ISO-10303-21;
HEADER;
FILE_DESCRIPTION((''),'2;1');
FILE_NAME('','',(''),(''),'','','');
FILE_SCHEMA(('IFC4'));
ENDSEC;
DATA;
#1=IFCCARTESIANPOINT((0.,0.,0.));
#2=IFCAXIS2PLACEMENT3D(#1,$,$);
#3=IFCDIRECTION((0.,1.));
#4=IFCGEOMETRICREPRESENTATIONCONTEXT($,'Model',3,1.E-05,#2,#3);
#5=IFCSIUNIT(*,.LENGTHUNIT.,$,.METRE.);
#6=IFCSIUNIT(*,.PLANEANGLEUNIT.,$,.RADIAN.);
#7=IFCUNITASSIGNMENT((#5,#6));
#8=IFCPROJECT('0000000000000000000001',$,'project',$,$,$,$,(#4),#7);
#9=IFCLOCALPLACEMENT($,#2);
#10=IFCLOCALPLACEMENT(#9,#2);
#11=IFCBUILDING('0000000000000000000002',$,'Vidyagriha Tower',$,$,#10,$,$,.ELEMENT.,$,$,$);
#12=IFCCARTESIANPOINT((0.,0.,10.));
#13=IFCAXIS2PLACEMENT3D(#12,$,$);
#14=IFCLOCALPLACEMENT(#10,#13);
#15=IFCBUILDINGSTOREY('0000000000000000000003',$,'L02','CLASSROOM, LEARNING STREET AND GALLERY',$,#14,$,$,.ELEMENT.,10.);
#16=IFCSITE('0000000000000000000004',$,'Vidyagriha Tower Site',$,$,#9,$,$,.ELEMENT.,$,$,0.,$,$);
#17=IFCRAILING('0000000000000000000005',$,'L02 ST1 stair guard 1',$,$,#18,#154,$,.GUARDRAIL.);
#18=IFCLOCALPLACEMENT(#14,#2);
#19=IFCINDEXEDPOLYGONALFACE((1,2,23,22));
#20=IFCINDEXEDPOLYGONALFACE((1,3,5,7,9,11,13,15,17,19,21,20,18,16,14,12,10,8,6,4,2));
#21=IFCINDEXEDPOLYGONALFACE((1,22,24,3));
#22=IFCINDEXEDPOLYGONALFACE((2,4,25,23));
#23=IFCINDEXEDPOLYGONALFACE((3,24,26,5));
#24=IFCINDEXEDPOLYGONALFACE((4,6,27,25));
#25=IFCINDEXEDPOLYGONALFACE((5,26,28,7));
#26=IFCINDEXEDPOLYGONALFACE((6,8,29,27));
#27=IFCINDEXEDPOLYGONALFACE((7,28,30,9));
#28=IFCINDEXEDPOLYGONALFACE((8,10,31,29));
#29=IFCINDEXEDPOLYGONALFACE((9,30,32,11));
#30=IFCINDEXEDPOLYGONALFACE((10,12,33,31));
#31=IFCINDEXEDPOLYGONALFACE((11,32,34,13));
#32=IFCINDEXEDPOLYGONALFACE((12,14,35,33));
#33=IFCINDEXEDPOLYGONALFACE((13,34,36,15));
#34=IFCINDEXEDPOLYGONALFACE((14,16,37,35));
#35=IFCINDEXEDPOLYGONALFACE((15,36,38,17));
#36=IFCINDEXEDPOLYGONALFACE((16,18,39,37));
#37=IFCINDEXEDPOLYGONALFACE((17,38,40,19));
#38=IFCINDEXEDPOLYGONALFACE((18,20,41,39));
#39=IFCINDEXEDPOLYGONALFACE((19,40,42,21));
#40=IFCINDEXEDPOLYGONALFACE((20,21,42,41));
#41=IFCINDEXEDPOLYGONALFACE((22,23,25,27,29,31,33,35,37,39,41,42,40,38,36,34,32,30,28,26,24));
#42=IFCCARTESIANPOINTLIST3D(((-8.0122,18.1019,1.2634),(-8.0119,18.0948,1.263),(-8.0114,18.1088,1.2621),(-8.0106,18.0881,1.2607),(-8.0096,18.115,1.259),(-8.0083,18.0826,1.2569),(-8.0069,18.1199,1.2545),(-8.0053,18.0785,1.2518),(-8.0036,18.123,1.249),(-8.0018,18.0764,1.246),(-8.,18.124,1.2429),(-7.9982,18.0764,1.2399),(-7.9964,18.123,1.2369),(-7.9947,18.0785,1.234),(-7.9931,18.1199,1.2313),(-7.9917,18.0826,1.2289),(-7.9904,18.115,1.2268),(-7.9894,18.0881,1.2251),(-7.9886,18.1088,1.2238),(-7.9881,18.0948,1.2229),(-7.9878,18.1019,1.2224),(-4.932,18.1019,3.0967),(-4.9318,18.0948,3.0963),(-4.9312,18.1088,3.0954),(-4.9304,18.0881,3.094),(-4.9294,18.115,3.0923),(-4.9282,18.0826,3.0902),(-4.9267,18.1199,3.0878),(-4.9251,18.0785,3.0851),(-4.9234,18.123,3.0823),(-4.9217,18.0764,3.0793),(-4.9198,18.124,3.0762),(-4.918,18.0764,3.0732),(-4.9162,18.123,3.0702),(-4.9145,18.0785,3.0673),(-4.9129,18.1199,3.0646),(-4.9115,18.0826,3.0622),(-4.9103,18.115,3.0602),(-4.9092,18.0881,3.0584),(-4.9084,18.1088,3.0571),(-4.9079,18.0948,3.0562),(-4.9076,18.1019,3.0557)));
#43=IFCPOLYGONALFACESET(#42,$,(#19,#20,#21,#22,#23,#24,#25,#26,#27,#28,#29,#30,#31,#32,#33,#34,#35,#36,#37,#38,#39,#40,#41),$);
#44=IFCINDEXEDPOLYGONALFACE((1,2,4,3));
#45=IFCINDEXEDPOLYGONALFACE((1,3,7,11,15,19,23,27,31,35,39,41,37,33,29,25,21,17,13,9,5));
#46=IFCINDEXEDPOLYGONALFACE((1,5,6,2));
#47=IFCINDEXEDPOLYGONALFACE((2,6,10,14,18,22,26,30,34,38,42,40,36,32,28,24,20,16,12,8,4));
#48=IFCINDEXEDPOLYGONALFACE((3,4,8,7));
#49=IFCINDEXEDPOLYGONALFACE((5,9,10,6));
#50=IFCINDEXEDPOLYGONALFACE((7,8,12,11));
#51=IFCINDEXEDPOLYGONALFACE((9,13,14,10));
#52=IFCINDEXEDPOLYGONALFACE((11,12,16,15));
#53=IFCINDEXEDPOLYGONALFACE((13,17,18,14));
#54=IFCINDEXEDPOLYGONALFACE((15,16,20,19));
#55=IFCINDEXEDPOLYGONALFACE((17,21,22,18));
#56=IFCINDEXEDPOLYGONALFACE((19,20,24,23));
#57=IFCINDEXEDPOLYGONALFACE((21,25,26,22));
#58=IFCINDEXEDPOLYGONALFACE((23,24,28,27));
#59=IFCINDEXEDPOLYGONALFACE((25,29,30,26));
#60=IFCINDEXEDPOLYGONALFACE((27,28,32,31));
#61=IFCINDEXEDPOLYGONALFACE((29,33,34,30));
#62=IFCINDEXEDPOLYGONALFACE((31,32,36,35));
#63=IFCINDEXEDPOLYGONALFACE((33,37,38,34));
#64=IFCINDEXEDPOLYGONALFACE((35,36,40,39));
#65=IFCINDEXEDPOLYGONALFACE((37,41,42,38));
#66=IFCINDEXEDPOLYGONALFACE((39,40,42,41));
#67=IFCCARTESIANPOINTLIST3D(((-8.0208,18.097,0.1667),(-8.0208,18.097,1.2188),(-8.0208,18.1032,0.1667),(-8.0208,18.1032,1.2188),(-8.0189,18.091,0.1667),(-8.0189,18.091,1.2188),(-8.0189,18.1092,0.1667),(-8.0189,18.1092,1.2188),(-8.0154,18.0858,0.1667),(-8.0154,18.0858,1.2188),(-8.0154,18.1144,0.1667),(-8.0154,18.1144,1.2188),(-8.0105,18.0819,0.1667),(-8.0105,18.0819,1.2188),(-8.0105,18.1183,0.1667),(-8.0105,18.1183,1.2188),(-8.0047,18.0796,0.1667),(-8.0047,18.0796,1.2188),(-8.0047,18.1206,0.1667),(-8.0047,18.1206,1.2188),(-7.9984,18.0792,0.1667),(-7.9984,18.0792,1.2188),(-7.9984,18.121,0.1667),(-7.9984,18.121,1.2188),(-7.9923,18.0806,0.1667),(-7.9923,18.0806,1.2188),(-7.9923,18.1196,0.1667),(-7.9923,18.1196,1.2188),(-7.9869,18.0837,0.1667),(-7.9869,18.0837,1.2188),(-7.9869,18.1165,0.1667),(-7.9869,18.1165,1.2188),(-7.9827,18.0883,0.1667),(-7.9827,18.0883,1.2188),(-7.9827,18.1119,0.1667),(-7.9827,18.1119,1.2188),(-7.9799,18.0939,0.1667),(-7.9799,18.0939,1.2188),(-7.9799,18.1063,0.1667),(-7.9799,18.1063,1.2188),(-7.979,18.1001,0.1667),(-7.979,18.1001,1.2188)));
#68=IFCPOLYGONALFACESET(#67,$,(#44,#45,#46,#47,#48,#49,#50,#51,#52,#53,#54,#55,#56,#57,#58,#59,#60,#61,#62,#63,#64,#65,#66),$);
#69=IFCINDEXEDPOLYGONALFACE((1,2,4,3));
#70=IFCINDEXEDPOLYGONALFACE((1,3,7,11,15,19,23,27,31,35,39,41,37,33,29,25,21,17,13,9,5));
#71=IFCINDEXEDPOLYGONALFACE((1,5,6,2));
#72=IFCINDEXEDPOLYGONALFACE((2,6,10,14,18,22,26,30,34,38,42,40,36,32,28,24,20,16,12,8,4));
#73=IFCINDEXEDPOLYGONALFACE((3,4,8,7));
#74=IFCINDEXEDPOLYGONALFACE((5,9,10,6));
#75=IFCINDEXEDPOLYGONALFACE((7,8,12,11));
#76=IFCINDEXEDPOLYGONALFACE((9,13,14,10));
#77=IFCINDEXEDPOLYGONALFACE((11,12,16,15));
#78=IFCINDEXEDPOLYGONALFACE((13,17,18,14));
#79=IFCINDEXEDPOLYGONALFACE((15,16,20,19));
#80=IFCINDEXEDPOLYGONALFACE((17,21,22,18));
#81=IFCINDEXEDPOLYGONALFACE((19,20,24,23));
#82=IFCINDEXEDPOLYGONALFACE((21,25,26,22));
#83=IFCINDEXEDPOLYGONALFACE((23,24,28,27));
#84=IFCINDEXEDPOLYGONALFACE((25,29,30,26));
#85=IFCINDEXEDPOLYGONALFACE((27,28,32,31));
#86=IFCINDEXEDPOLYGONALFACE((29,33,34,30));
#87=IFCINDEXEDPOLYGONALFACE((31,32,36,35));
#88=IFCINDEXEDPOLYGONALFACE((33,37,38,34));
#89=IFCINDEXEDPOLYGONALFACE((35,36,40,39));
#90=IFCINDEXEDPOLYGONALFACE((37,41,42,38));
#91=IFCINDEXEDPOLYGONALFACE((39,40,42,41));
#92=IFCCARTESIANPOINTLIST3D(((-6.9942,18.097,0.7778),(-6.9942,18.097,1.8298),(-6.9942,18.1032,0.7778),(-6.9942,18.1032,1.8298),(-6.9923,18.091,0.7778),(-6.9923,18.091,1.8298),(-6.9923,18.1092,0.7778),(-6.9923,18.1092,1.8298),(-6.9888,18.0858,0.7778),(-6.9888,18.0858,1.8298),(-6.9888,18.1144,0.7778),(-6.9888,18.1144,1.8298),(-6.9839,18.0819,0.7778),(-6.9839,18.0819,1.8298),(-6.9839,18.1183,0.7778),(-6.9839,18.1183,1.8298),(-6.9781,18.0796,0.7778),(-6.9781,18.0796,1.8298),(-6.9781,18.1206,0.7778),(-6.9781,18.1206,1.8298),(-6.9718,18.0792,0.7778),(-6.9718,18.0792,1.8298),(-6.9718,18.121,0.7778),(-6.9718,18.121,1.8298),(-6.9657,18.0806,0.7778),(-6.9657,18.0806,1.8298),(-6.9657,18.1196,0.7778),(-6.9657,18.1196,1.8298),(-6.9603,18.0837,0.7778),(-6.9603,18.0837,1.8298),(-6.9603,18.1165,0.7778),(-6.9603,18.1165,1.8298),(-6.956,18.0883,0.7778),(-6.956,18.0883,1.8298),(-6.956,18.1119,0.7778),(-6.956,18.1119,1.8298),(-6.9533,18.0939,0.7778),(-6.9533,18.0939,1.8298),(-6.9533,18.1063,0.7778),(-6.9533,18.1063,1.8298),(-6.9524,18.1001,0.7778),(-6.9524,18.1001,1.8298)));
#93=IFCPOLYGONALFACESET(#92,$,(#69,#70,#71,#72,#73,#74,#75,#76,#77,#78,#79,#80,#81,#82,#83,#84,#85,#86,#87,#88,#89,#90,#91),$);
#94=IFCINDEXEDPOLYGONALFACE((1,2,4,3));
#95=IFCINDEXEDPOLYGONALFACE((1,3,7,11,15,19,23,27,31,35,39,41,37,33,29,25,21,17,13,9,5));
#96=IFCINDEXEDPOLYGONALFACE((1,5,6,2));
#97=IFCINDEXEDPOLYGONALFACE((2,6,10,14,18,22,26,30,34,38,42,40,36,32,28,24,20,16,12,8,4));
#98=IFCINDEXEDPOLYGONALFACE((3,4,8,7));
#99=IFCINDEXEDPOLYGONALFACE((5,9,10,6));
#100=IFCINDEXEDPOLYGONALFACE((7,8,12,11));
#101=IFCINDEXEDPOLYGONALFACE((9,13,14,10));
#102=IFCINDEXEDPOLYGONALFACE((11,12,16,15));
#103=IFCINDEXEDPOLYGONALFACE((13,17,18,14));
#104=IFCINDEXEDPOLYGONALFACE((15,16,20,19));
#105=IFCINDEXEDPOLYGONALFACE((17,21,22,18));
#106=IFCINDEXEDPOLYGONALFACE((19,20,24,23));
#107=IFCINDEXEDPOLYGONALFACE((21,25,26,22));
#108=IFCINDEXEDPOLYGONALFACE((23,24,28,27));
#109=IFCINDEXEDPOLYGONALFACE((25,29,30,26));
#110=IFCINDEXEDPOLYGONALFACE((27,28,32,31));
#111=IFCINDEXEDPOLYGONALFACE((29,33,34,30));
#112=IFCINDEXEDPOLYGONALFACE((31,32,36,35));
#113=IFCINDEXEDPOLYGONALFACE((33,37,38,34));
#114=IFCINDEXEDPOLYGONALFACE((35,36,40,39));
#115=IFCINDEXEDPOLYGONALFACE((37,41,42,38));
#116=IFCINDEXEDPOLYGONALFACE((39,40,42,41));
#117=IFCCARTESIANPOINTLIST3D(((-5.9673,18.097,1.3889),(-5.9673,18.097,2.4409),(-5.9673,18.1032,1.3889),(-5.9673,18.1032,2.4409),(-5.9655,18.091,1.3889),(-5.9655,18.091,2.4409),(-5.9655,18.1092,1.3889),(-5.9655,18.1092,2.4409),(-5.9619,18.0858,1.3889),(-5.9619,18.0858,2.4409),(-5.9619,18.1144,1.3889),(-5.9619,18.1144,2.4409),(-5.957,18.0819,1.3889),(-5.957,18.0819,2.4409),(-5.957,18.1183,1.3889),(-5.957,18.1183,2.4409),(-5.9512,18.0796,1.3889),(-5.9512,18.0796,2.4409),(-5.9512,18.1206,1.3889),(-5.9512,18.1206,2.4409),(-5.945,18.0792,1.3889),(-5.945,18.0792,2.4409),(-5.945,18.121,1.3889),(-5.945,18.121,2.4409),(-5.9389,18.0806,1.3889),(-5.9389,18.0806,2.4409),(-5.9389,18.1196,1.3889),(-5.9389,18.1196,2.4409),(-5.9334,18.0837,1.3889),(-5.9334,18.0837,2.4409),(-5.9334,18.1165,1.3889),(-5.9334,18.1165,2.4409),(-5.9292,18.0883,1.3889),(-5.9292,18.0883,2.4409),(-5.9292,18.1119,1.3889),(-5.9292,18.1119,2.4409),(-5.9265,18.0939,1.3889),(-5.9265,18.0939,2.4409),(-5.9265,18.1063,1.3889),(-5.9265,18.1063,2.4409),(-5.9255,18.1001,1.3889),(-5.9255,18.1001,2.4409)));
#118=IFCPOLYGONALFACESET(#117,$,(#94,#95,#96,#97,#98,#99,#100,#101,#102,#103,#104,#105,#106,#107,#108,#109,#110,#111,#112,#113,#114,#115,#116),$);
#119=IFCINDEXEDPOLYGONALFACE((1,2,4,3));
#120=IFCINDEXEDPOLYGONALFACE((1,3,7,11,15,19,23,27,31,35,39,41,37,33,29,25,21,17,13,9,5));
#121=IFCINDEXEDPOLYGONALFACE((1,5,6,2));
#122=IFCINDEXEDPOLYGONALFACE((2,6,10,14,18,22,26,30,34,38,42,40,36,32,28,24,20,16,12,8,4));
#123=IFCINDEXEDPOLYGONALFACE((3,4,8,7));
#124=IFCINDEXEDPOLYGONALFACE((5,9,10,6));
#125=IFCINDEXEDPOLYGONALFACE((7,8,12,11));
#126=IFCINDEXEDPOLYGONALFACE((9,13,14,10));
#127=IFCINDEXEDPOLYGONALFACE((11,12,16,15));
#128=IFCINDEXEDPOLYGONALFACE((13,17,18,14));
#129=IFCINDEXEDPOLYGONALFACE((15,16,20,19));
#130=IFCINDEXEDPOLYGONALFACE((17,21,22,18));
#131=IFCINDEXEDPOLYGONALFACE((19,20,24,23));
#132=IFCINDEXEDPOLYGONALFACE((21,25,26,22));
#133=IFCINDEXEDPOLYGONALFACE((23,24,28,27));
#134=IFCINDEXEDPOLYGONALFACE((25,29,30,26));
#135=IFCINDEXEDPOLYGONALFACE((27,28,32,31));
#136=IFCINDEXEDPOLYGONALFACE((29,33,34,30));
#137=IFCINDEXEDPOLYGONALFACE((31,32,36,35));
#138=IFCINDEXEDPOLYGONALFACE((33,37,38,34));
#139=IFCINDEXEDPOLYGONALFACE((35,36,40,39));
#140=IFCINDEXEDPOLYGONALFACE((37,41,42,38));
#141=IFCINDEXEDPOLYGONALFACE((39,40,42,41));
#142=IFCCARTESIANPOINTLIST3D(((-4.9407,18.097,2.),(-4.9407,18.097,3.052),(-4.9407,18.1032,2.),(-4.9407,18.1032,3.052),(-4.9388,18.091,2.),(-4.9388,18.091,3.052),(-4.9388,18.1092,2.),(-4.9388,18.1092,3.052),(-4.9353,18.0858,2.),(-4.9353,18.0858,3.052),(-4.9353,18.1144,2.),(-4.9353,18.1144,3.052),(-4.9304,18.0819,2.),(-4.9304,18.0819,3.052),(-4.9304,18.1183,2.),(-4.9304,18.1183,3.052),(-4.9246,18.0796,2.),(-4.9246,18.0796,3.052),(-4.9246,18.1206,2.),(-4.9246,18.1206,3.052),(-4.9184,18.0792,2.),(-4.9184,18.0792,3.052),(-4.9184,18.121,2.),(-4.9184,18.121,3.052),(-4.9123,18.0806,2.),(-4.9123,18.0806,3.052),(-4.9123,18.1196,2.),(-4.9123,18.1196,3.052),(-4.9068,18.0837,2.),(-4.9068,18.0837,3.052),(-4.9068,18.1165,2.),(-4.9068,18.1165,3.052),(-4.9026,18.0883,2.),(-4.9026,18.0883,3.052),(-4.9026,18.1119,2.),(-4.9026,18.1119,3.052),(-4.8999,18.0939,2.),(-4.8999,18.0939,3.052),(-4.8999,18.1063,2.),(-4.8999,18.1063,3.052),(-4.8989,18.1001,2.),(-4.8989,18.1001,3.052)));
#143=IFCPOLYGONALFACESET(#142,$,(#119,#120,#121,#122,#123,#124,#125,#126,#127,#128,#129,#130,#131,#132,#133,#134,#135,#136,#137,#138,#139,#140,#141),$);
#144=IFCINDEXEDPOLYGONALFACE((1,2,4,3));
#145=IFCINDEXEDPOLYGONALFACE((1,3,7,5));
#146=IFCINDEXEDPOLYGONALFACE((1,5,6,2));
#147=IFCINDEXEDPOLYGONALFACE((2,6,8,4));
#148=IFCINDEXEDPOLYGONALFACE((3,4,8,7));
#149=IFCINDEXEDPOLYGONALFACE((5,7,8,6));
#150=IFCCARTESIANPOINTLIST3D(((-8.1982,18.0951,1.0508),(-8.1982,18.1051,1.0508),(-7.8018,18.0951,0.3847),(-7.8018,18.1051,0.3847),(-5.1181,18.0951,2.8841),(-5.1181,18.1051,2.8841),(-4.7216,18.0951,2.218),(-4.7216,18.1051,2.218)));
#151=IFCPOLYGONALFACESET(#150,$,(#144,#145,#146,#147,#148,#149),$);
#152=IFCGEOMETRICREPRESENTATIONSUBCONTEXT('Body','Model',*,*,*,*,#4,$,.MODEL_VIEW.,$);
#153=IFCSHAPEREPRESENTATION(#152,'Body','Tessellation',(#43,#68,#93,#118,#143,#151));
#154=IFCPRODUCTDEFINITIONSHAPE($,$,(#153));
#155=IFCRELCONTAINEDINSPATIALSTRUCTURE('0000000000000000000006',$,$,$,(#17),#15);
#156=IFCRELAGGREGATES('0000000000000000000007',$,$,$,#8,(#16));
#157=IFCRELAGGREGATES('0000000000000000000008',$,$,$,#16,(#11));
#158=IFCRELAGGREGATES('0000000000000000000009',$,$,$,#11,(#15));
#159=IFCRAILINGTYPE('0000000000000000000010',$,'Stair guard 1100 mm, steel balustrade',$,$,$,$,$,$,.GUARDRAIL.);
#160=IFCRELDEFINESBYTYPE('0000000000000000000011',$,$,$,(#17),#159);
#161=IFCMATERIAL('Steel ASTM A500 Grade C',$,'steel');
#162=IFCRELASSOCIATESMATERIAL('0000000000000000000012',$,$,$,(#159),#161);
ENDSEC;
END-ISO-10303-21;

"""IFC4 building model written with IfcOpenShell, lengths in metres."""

from ifc_helpers import new_model, si_unit, direction, frame, origin, origin_2d, place, context, subcontext, project, spatial, rectangle, circle, extrude, material, type_object, element, save


model = new_model("IFC4")

# Units and contexts
model_context = context("Model", 3, precision=1e-05, world=origin(), true_north=direction((0.0, 1.0)))
body_context = subcontext(model_context, "Body", "Model", "MODEL_VIEW")
ifc_project = project(units=[si_unit("LENGTHUNIT", "METRE"), si_unit("PLANEANGLEUNIT", "RADIAN")], contexts=[model_context])

# Site, building, storey
site_placement = place(None, origin())
site = spatial("IfcSite", under=ifc_project, at=site_placement, Name="Vidyagriha Tower Site", CompositionType="ELEMENT", RefElevation=0.0)
building_placement = place(site_placement, origin())
building = spatial("IfcBuilding", under=site, at=building_placement, Name="Vidyagriha Tower", CompositionType="ELEMENT")
storey_placement = place(building_placement, frame((0.0, 0.0, 10.0)))
storey = spatial("IfcBuildingStorey", under=building, at=storey_placement, Name="L02", Description="CLASSROOM, LEARNING STREET AND GALLERY", CompositionType="ELEMENT", Elevation=10.0)

# Railing
ifc_material_1 = material(Name="Steel ASTM A500 Grade C", Category="steel")
railing_type_1 = type_object("IfcRailingType", Name="Stair guard 1100 mm, steel balustrade", PredefinedType="GUARDRAIL", material=ifc_material_1)
railing_1_placement = place(storey_placement, frame((-8.0, 18.1001, 0.1667)))
element("IfcRailing", 1, at=railing_1_placement, inside=storey, type_object=railing_type_1, Name="L02 ST1 stair guard 1", PredefinedType="GUARDRAIL", context=body_context, shape_type="SweptSolid", body=[
    extrude(circle(Radius=0.0239, at=origin_2d()), frame((0.0, 0.0, 1.0762), z_axis=(0.859309, 0.0, 0.511458), x_axis=(0.0, 1.0, 0.0)), (0.0, 0.0, 1.0), 3.5845),
    extrude(circle(Radius=0.021, at=origin_2d()), origin(), (0.0, 0.0, 1.0), 1.052),
    extrude(circle(Radius=0.021, at=origin_2d()), frame((1.0266, 0.0, 0.6111)), (0.0, 0.0, 1.0), 1.052),
    extrude(circle(Radius=0.021, at=origin_2d()), frame((2.0535, 0.0, 1.2222)), (0.0, 0.0, 1.0), 1.052),
    extrude(circle(Radius=0.021, at=origin_2d()), frame((3.0801, 0.0, 1.8333)), (0.0, 0.0, 1.0), 1.052),
    extrude(rectangle(XDim=0.01, YDim=0.7751, at=origin_2d()), frame((0.0, 0.0, 0.551), z_axis=(0.859309, 0.0, 0.511458), x_axis=(0.0, 1.0, 0.0)), (0.0, 0.0, 1.0), 3.5845),
])

save(model, "model.ifc")
